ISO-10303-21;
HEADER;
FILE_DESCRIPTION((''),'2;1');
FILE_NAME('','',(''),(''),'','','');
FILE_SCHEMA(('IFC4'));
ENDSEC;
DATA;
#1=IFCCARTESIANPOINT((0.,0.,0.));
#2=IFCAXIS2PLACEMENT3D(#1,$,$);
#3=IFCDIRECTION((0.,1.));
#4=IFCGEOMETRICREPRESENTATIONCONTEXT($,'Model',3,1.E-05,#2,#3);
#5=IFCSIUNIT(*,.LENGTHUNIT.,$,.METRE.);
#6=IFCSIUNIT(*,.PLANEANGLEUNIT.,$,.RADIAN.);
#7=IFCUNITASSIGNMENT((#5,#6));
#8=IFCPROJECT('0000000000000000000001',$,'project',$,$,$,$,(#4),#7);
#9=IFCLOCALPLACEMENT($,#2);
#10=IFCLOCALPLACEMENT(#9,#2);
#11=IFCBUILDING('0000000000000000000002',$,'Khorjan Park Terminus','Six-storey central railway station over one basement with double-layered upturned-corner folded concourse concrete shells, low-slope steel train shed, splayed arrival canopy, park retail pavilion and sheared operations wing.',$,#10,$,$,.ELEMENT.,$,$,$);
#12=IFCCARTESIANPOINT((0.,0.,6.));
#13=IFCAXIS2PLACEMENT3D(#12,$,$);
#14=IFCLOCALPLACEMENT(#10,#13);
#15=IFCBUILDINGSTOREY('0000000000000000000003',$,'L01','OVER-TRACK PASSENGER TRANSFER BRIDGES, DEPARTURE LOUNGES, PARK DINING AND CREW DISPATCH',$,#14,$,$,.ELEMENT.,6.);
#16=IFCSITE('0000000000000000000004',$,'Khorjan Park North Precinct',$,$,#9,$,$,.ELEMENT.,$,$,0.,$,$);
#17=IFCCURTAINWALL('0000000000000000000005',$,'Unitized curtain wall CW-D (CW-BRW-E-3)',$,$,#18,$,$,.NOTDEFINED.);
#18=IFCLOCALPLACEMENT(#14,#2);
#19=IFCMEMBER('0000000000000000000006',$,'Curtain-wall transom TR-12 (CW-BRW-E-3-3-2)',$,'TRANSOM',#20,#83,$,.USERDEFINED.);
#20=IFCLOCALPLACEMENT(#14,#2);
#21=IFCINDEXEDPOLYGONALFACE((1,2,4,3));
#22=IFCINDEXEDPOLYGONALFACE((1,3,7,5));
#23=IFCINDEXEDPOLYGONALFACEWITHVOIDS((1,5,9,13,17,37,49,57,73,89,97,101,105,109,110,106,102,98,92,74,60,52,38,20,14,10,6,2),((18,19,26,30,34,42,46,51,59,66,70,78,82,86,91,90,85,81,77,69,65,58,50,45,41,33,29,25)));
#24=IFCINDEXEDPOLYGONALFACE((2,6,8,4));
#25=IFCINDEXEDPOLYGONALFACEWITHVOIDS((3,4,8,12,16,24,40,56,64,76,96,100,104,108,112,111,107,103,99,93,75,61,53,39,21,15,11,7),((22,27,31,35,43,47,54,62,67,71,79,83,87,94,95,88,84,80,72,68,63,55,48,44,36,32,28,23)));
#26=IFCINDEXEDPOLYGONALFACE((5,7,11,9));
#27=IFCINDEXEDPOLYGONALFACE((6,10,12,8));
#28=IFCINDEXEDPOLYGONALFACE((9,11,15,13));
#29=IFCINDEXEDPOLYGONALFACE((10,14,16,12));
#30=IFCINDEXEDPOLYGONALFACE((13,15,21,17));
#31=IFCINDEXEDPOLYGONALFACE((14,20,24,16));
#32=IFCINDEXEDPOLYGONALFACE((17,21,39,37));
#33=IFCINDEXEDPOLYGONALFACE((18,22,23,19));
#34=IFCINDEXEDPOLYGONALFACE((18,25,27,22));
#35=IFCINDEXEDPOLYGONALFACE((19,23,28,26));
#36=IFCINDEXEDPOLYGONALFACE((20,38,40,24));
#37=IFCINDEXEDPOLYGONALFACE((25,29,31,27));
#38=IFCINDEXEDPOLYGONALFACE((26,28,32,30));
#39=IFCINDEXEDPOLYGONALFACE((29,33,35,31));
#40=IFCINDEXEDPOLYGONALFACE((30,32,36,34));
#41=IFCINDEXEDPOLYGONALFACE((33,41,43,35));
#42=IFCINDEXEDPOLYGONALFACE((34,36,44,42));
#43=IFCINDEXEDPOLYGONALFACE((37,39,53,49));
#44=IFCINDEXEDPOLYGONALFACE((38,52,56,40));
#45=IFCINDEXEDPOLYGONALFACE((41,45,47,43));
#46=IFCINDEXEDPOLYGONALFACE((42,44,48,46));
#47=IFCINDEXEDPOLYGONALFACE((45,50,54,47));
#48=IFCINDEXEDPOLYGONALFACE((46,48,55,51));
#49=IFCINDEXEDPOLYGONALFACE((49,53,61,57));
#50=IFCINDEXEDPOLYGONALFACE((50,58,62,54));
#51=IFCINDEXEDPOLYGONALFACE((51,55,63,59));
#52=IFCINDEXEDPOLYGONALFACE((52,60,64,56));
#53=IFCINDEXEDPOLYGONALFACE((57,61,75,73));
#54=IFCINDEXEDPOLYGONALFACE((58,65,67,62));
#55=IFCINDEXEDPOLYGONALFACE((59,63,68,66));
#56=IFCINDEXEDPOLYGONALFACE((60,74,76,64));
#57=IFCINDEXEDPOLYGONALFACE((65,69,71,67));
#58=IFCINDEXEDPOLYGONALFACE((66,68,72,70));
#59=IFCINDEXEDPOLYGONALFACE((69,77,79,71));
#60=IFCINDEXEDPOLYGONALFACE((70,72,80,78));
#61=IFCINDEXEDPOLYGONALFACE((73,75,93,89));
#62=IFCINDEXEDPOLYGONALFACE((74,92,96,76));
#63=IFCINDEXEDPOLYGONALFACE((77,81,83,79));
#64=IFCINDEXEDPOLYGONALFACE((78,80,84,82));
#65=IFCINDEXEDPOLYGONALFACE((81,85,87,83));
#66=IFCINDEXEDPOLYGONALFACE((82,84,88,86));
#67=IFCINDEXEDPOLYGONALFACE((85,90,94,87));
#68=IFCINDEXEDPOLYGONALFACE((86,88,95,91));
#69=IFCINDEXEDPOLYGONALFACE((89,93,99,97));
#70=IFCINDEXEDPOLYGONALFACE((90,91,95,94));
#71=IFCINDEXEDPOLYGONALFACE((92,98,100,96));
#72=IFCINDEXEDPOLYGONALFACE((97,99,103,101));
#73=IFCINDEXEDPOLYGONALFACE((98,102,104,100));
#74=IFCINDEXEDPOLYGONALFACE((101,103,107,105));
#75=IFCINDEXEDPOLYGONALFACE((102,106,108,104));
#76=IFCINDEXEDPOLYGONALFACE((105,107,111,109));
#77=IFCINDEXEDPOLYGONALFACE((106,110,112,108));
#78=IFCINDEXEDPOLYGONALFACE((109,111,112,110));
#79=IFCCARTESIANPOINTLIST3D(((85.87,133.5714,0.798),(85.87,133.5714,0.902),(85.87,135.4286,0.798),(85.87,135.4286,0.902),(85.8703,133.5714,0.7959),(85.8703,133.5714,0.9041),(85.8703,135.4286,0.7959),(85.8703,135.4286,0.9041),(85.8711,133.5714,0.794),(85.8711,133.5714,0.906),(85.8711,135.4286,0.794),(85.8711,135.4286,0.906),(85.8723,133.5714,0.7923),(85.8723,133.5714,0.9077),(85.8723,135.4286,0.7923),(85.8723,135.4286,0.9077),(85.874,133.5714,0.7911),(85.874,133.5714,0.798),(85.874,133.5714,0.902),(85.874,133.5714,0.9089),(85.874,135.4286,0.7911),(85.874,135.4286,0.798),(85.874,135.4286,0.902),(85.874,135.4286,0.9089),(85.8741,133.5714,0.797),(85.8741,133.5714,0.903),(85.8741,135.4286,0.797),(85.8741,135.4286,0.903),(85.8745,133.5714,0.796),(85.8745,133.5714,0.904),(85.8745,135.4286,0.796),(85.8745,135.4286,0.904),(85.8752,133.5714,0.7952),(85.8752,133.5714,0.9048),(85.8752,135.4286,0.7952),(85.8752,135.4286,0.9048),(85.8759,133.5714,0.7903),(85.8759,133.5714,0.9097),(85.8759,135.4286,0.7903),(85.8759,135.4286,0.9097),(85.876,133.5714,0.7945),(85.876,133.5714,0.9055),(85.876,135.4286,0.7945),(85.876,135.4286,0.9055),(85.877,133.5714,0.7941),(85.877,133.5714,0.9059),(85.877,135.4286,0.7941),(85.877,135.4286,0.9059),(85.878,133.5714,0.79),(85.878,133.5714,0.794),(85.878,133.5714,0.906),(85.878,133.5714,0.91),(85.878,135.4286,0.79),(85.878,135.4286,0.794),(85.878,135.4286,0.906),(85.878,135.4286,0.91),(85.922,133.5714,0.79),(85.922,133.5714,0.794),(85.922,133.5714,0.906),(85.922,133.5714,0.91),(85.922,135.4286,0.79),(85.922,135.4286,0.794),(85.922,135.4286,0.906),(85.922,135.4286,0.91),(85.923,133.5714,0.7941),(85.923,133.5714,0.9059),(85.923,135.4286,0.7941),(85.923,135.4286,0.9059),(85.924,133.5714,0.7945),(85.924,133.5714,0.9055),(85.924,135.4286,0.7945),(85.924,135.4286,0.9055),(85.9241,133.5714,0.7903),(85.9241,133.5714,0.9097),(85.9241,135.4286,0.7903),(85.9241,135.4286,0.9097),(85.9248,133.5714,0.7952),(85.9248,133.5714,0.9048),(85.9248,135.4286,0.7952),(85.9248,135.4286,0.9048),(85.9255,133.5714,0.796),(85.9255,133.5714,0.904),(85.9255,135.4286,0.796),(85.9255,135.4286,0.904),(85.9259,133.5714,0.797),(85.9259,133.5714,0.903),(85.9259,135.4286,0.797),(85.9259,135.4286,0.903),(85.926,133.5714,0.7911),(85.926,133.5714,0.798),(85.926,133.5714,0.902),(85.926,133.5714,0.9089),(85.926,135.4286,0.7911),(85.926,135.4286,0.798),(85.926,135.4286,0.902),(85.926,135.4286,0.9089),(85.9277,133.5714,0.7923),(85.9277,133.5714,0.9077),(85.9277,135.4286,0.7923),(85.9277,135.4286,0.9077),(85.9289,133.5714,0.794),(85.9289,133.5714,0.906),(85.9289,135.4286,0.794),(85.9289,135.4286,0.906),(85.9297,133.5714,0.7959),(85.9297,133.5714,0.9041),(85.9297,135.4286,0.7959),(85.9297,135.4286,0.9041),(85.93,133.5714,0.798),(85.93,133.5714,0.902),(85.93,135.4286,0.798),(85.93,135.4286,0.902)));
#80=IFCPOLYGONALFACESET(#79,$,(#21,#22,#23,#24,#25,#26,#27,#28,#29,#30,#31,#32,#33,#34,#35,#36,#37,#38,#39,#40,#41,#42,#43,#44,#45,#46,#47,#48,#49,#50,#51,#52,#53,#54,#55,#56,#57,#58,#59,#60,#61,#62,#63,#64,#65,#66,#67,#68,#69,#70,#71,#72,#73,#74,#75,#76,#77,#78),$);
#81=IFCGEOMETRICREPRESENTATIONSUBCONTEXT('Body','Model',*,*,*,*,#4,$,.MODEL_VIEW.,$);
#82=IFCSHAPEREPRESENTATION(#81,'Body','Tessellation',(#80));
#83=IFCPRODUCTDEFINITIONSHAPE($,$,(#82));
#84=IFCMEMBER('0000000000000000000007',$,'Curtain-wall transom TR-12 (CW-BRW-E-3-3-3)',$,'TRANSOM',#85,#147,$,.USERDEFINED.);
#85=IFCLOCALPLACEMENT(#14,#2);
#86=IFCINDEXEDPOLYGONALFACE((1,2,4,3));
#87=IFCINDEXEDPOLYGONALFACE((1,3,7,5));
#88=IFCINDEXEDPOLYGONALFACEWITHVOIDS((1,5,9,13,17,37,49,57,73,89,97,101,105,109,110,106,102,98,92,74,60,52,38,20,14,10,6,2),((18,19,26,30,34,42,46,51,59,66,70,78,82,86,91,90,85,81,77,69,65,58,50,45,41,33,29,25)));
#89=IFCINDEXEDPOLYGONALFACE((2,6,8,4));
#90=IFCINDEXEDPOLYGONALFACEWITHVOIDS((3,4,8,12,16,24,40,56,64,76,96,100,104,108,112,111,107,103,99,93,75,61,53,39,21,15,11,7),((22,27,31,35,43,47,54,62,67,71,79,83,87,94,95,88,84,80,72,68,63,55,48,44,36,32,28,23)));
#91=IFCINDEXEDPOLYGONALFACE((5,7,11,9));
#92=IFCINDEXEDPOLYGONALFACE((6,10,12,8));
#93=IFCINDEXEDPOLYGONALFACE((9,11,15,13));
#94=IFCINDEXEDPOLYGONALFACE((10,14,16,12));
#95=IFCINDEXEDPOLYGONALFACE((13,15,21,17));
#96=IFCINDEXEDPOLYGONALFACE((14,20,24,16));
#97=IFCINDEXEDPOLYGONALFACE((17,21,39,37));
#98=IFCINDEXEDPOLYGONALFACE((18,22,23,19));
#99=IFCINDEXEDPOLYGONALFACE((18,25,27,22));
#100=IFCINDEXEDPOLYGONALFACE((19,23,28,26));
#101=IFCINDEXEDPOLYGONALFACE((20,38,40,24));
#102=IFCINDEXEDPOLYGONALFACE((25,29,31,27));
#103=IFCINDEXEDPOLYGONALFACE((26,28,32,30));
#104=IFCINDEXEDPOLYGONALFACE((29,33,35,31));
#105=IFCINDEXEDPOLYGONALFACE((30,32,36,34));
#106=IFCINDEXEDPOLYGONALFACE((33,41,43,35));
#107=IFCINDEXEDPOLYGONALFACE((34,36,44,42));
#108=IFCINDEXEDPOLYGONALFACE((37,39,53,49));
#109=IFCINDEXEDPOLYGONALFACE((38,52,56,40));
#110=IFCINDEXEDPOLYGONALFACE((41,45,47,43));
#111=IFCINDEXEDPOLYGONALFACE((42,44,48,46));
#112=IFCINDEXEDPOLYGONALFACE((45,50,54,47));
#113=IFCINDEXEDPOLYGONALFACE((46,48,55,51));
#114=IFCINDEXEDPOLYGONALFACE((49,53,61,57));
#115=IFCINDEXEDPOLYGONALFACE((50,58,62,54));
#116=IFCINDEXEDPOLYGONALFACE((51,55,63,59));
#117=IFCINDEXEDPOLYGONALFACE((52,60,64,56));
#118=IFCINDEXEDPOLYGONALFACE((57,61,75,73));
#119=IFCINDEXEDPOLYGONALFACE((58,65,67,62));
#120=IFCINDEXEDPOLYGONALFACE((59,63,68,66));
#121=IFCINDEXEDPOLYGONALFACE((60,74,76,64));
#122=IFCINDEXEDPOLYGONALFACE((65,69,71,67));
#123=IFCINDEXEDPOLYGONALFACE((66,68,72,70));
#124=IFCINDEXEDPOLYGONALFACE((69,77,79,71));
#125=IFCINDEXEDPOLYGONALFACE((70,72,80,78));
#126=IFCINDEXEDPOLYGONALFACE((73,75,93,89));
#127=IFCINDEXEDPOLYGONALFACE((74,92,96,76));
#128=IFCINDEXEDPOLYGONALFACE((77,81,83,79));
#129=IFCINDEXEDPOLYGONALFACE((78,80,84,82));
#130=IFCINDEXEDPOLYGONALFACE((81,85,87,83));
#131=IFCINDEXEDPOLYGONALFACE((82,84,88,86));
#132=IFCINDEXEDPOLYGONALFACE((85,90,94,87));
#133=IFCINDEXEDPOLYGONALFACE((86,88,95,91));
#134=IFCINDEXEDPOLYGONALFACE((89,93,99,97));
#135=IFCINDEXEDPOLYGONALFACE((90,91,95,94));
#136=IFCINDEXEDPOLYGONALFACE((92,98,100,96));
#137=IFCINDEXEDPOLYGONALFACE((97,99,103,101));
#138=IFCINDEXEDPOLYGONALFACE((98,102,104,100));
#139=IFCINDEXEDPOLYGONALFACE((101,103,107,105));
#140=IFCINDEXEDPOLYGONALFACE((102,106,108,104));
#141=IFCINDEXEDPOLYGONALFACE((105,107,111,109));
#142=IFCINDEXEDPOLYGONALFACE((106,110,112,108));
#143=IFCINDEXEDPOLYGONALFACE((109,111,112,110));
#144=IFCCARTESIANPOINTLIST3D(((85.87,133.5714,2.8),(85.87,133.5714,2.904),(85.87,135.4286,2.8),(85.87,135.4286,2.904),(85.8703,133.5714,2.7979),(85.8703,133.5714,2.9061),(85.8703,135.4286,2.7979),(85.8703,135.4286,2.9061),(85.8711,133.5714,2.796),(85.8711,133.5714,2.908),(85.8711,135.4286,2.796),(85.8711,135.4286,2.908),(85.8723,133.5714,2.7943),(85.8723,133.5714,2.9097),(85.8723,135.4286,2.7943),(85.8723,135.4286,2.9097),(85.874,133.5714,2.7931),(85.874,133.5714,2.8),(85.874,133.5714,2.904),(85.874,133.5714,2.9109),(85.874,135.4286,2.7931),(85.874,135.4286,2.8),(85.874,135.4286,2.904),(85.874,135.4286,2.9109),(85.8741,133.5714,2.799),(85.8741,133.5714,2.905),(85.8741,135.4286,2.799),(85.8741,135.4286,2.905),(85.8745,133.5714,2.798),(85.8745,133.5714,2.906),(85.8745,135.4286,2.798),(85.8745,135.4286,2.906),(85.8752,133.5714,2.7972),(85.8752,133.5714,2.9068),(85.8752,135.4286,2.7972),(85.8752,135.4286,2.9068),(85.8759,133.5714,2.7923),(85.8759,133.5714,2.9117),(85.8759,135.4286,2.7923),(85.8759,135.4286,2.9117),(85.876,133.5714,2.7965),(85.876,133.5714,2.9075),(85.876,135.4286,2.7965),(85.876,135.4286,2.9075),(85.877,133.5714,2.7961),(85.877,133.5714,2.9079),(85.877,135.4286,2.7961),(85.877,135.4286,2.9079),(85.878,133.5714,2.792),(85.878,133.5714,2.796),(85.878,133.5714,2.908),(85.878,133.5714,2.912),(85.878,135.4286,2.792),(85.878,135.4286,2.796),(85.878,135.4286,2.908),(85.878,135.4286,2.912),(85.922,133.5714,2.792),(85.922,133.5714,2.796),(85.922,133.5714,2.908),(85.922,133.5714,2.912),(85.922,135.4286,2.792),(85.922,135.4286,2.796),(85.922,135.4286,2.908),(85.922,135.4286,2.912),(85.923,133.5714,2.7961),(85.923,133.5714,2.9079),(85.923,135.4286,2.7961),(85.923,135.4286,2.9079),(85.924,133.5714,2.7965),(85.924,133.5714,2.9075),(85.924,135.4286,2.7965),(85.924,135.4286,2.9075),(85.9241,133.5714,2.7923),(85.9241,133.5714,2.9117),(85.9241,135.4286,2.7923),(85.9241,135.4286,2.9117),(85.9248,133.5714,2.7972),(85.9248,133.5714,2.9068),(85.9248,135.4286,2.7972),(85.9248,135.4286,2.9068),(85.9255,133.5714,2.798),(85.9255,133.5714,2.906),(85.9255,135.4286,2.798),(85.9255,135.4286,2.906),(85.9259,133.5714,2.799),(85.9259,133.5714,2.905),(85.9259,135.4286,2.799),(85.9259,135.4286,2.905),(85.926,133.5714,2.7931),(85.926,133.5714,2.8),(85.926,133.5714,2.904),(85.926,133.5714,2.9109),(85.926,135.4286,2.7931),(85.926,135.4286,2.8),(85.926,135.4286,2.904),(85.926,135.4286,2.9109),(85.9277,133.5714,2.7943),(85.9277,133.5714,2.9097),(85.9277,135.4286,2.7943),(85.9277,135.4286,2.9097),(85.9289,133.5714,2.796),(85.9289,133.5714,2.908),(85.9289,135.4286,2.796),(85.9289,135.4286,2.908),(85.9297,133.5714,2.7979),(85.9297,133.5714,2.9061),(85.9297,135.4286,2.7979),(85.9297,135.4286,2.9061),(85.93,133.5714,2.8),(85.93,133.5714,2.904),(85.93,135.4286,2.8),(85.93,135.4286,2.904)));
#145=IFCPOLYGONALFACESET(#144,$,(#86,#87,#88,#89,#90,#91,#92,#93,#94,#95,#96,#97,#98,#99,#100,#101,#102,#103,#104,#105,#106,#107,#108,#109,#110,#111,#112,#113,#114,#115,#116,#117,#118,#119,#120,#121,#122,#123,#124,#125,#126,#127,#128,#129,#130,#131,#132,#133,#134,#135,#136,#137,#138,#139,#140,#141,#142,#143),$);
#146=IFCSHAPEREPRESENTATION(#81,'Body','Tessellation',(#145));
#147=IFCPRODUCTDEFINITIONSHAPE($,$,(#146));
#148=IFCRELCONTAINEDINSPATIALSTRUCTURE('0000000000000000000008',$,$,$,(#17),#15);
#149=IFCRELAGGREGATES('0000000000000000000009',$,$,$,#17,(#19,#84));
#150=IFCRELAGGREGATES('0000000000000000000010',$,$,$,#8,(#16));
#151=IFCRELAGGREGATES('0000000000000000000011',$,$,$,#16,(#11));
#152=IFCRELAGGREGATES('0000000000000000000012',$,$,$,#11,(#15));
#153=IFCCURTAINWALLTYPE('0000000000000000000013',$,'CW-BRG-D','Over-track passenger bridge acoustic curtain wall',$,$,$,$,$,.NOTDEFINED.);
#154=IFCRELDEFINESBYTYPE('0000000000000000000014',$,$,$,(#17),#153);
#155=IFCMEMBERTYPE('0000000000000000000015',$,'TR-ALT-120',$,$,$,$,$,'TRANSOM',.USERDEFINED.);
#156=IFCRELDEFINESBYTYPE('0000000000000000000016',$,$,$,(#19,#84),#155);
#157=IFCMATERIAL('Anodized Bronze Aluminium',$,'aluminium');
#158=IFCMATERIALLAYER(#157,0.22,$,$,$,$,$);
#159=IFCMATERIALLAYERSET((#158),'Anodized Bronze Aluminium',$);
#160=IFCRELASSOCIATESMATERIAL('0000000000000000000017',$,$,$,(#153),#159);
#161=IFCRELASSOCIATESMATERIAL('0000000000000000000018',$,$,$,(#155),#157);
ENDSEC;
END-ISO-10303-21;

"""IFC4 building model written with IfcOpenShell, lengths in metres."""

from ifc_helpers import new_model, si_unit, direction, frame, origin, origin_2d, place, context, subcontext, project, spatial, hollow_rectangle, extrude, material, layer, layer_set, material_profile, profile_set, type_object, element, aggregate, save


model = new_model("IFC4")

# Units and contexts
model_context = context("Model", 3, precision=1e-05, world=origin(), true_north=direction((0.0, 1.0)))
body_context = subcontext(model_context, "Body", "Model", "MODEL_VIEW")
ifc_project = project(units=[si_unit("LENGTHUNIT", "METRE"), si_unit("PLANEANGLEUNIT", "RADIAN")], contexts=[model_context])

# Site, building, storey
site_placement = place(None, origin())
site = spatial("IfcSite", under=ifc_project, at=site_placement, Name="Khorjan Park North Precinct", CompositionType="ELEMENT", RefElevation=0.0)
building_placement = place(site_placement, origin())
building = spatial("IfcBuilding", under=site, at=building_placement, Name="Khorjan Park Terminus", Description="Six-storey central railway station over one basement with double-layered upturned-corner folded concourse concrete shells, low-slope steel train shed, splayed arrival canopy, park retail pavilion and sheared operations wing.", CompositionType="ELEMENT")
storey_placement = place(building_placement, frame((0.0, 0.0, 6.0)))
storey = spatial("IfcBuildingStorey", under=building, at=storey_placement, Name="L01", Description="OVER-TRACK PASSENGER TRANSFER BRIDGES, DEPARTURE LOUNGES, PARK DINING AND CREW DISPATCH", CompositionType="ELEMENT", Elevation=6.0)

# Shared definitions
ifc_material_1 = material(Name="Anodized Bronze Aluminium", Category="aluminium")
ifc_layer_1 = layer(ifc_material_1, 0.22)
ifc_layer_set_1 = layer_set([ifc_layer_1], Name="Anodized Bronze Aluminium")
curtain_wall_type = type_object("IfcCurtainWallType", Name="CW-BRG-D", Description="Over-track passenger bridge acoustic curtain wall", PredefinedType="NOTDEFINED", material=ifc_layer_set_1)

# Curtain wall
curtain_wall_1_placement = place(storey_placement, origin())
curtain_wall_1 = element("IfcCurtainWall", 1, at=curtain_wall_1_placement, inside=storey, type_object=curtain_wall_type, Name="Unitized curtain wall CW-D (CW-BRW-E-3)", PredefinedType="NOTDEFINED")

# Members
ifc_material_profile_1 = material_profile(ifc_material_1, hollow_rectangle(XDim=0.06, YDim=0.12, WallThickness=0.004, InnerFilletRadius=0.004, OuterFilletRadius=0.008, at=origin_2d()), Name="ALT 60x120x4")
ifc_profile_set_1 = profile_set([ifc_material_profile_1], Name="Anodized Bronze Aluminium")
member_type_1 = type_object("IfcMemberType", Name="TR-ALT-120", ElementType="TRANSOM", PredefinedType="USERDEFINED", material=ifc_profile_set_1)
member_1_placement = place(storey_placement, frame((85.9, 133.5714, 0.85), z_axis=(0.0, 1.0, 0.0), x_axis=(-1.0, 0.0, 0.0)))
member_1 = element("IfcMember", 2, at=member_1_placement, type_object=member_type_1, Name="Curtain-wall transom TR-12 (CW-BRW-E-3-3-2)", ObjectType="TRANSOM", PredefinedType="USERDEFINED", context=body_context, shape_type="SweptSolid", body=[
    extrude(hollow_rectangle(XDim=0.06, YDim=0.12, WallThickness=0.004, InnerFilletRadius=0.004, OuterFilletRadius=0.008, at=origin_2d()), origin(), (0.0, 0.0, 1.0), 1.8572),
])
member_2_placement = place(storey_placement, frame((85.9, 133.5714, 2.852), z_axis=(0.0, 1.0, 0.0), x_axis=(-1.0, 0.0, 0.0)))
member_2 = element("IfcMember", 3, at=member_2_placement, type_object=member_type_1, Name="Curtain-wall transom TR-12 (CW-BRW-E-3-3-3)", ObjectType="TRANSOM", PredefinedType="USERDEFINED", context=body_context, shape_type="SweptSolid", body=[
    extrude(hollow_rectangle(XDim=0.06, YDim=0.12, WallThickness=0.004, InnerFilletRadius=0.004, OuterFilletRadius=0.008, at=origin_2d()), origin(), (0.0, 0.0, 1.0), 1.8572),
])

aggregate(curtain_wall_1, [member_1, member_2])

save(model, "model.ifc")
